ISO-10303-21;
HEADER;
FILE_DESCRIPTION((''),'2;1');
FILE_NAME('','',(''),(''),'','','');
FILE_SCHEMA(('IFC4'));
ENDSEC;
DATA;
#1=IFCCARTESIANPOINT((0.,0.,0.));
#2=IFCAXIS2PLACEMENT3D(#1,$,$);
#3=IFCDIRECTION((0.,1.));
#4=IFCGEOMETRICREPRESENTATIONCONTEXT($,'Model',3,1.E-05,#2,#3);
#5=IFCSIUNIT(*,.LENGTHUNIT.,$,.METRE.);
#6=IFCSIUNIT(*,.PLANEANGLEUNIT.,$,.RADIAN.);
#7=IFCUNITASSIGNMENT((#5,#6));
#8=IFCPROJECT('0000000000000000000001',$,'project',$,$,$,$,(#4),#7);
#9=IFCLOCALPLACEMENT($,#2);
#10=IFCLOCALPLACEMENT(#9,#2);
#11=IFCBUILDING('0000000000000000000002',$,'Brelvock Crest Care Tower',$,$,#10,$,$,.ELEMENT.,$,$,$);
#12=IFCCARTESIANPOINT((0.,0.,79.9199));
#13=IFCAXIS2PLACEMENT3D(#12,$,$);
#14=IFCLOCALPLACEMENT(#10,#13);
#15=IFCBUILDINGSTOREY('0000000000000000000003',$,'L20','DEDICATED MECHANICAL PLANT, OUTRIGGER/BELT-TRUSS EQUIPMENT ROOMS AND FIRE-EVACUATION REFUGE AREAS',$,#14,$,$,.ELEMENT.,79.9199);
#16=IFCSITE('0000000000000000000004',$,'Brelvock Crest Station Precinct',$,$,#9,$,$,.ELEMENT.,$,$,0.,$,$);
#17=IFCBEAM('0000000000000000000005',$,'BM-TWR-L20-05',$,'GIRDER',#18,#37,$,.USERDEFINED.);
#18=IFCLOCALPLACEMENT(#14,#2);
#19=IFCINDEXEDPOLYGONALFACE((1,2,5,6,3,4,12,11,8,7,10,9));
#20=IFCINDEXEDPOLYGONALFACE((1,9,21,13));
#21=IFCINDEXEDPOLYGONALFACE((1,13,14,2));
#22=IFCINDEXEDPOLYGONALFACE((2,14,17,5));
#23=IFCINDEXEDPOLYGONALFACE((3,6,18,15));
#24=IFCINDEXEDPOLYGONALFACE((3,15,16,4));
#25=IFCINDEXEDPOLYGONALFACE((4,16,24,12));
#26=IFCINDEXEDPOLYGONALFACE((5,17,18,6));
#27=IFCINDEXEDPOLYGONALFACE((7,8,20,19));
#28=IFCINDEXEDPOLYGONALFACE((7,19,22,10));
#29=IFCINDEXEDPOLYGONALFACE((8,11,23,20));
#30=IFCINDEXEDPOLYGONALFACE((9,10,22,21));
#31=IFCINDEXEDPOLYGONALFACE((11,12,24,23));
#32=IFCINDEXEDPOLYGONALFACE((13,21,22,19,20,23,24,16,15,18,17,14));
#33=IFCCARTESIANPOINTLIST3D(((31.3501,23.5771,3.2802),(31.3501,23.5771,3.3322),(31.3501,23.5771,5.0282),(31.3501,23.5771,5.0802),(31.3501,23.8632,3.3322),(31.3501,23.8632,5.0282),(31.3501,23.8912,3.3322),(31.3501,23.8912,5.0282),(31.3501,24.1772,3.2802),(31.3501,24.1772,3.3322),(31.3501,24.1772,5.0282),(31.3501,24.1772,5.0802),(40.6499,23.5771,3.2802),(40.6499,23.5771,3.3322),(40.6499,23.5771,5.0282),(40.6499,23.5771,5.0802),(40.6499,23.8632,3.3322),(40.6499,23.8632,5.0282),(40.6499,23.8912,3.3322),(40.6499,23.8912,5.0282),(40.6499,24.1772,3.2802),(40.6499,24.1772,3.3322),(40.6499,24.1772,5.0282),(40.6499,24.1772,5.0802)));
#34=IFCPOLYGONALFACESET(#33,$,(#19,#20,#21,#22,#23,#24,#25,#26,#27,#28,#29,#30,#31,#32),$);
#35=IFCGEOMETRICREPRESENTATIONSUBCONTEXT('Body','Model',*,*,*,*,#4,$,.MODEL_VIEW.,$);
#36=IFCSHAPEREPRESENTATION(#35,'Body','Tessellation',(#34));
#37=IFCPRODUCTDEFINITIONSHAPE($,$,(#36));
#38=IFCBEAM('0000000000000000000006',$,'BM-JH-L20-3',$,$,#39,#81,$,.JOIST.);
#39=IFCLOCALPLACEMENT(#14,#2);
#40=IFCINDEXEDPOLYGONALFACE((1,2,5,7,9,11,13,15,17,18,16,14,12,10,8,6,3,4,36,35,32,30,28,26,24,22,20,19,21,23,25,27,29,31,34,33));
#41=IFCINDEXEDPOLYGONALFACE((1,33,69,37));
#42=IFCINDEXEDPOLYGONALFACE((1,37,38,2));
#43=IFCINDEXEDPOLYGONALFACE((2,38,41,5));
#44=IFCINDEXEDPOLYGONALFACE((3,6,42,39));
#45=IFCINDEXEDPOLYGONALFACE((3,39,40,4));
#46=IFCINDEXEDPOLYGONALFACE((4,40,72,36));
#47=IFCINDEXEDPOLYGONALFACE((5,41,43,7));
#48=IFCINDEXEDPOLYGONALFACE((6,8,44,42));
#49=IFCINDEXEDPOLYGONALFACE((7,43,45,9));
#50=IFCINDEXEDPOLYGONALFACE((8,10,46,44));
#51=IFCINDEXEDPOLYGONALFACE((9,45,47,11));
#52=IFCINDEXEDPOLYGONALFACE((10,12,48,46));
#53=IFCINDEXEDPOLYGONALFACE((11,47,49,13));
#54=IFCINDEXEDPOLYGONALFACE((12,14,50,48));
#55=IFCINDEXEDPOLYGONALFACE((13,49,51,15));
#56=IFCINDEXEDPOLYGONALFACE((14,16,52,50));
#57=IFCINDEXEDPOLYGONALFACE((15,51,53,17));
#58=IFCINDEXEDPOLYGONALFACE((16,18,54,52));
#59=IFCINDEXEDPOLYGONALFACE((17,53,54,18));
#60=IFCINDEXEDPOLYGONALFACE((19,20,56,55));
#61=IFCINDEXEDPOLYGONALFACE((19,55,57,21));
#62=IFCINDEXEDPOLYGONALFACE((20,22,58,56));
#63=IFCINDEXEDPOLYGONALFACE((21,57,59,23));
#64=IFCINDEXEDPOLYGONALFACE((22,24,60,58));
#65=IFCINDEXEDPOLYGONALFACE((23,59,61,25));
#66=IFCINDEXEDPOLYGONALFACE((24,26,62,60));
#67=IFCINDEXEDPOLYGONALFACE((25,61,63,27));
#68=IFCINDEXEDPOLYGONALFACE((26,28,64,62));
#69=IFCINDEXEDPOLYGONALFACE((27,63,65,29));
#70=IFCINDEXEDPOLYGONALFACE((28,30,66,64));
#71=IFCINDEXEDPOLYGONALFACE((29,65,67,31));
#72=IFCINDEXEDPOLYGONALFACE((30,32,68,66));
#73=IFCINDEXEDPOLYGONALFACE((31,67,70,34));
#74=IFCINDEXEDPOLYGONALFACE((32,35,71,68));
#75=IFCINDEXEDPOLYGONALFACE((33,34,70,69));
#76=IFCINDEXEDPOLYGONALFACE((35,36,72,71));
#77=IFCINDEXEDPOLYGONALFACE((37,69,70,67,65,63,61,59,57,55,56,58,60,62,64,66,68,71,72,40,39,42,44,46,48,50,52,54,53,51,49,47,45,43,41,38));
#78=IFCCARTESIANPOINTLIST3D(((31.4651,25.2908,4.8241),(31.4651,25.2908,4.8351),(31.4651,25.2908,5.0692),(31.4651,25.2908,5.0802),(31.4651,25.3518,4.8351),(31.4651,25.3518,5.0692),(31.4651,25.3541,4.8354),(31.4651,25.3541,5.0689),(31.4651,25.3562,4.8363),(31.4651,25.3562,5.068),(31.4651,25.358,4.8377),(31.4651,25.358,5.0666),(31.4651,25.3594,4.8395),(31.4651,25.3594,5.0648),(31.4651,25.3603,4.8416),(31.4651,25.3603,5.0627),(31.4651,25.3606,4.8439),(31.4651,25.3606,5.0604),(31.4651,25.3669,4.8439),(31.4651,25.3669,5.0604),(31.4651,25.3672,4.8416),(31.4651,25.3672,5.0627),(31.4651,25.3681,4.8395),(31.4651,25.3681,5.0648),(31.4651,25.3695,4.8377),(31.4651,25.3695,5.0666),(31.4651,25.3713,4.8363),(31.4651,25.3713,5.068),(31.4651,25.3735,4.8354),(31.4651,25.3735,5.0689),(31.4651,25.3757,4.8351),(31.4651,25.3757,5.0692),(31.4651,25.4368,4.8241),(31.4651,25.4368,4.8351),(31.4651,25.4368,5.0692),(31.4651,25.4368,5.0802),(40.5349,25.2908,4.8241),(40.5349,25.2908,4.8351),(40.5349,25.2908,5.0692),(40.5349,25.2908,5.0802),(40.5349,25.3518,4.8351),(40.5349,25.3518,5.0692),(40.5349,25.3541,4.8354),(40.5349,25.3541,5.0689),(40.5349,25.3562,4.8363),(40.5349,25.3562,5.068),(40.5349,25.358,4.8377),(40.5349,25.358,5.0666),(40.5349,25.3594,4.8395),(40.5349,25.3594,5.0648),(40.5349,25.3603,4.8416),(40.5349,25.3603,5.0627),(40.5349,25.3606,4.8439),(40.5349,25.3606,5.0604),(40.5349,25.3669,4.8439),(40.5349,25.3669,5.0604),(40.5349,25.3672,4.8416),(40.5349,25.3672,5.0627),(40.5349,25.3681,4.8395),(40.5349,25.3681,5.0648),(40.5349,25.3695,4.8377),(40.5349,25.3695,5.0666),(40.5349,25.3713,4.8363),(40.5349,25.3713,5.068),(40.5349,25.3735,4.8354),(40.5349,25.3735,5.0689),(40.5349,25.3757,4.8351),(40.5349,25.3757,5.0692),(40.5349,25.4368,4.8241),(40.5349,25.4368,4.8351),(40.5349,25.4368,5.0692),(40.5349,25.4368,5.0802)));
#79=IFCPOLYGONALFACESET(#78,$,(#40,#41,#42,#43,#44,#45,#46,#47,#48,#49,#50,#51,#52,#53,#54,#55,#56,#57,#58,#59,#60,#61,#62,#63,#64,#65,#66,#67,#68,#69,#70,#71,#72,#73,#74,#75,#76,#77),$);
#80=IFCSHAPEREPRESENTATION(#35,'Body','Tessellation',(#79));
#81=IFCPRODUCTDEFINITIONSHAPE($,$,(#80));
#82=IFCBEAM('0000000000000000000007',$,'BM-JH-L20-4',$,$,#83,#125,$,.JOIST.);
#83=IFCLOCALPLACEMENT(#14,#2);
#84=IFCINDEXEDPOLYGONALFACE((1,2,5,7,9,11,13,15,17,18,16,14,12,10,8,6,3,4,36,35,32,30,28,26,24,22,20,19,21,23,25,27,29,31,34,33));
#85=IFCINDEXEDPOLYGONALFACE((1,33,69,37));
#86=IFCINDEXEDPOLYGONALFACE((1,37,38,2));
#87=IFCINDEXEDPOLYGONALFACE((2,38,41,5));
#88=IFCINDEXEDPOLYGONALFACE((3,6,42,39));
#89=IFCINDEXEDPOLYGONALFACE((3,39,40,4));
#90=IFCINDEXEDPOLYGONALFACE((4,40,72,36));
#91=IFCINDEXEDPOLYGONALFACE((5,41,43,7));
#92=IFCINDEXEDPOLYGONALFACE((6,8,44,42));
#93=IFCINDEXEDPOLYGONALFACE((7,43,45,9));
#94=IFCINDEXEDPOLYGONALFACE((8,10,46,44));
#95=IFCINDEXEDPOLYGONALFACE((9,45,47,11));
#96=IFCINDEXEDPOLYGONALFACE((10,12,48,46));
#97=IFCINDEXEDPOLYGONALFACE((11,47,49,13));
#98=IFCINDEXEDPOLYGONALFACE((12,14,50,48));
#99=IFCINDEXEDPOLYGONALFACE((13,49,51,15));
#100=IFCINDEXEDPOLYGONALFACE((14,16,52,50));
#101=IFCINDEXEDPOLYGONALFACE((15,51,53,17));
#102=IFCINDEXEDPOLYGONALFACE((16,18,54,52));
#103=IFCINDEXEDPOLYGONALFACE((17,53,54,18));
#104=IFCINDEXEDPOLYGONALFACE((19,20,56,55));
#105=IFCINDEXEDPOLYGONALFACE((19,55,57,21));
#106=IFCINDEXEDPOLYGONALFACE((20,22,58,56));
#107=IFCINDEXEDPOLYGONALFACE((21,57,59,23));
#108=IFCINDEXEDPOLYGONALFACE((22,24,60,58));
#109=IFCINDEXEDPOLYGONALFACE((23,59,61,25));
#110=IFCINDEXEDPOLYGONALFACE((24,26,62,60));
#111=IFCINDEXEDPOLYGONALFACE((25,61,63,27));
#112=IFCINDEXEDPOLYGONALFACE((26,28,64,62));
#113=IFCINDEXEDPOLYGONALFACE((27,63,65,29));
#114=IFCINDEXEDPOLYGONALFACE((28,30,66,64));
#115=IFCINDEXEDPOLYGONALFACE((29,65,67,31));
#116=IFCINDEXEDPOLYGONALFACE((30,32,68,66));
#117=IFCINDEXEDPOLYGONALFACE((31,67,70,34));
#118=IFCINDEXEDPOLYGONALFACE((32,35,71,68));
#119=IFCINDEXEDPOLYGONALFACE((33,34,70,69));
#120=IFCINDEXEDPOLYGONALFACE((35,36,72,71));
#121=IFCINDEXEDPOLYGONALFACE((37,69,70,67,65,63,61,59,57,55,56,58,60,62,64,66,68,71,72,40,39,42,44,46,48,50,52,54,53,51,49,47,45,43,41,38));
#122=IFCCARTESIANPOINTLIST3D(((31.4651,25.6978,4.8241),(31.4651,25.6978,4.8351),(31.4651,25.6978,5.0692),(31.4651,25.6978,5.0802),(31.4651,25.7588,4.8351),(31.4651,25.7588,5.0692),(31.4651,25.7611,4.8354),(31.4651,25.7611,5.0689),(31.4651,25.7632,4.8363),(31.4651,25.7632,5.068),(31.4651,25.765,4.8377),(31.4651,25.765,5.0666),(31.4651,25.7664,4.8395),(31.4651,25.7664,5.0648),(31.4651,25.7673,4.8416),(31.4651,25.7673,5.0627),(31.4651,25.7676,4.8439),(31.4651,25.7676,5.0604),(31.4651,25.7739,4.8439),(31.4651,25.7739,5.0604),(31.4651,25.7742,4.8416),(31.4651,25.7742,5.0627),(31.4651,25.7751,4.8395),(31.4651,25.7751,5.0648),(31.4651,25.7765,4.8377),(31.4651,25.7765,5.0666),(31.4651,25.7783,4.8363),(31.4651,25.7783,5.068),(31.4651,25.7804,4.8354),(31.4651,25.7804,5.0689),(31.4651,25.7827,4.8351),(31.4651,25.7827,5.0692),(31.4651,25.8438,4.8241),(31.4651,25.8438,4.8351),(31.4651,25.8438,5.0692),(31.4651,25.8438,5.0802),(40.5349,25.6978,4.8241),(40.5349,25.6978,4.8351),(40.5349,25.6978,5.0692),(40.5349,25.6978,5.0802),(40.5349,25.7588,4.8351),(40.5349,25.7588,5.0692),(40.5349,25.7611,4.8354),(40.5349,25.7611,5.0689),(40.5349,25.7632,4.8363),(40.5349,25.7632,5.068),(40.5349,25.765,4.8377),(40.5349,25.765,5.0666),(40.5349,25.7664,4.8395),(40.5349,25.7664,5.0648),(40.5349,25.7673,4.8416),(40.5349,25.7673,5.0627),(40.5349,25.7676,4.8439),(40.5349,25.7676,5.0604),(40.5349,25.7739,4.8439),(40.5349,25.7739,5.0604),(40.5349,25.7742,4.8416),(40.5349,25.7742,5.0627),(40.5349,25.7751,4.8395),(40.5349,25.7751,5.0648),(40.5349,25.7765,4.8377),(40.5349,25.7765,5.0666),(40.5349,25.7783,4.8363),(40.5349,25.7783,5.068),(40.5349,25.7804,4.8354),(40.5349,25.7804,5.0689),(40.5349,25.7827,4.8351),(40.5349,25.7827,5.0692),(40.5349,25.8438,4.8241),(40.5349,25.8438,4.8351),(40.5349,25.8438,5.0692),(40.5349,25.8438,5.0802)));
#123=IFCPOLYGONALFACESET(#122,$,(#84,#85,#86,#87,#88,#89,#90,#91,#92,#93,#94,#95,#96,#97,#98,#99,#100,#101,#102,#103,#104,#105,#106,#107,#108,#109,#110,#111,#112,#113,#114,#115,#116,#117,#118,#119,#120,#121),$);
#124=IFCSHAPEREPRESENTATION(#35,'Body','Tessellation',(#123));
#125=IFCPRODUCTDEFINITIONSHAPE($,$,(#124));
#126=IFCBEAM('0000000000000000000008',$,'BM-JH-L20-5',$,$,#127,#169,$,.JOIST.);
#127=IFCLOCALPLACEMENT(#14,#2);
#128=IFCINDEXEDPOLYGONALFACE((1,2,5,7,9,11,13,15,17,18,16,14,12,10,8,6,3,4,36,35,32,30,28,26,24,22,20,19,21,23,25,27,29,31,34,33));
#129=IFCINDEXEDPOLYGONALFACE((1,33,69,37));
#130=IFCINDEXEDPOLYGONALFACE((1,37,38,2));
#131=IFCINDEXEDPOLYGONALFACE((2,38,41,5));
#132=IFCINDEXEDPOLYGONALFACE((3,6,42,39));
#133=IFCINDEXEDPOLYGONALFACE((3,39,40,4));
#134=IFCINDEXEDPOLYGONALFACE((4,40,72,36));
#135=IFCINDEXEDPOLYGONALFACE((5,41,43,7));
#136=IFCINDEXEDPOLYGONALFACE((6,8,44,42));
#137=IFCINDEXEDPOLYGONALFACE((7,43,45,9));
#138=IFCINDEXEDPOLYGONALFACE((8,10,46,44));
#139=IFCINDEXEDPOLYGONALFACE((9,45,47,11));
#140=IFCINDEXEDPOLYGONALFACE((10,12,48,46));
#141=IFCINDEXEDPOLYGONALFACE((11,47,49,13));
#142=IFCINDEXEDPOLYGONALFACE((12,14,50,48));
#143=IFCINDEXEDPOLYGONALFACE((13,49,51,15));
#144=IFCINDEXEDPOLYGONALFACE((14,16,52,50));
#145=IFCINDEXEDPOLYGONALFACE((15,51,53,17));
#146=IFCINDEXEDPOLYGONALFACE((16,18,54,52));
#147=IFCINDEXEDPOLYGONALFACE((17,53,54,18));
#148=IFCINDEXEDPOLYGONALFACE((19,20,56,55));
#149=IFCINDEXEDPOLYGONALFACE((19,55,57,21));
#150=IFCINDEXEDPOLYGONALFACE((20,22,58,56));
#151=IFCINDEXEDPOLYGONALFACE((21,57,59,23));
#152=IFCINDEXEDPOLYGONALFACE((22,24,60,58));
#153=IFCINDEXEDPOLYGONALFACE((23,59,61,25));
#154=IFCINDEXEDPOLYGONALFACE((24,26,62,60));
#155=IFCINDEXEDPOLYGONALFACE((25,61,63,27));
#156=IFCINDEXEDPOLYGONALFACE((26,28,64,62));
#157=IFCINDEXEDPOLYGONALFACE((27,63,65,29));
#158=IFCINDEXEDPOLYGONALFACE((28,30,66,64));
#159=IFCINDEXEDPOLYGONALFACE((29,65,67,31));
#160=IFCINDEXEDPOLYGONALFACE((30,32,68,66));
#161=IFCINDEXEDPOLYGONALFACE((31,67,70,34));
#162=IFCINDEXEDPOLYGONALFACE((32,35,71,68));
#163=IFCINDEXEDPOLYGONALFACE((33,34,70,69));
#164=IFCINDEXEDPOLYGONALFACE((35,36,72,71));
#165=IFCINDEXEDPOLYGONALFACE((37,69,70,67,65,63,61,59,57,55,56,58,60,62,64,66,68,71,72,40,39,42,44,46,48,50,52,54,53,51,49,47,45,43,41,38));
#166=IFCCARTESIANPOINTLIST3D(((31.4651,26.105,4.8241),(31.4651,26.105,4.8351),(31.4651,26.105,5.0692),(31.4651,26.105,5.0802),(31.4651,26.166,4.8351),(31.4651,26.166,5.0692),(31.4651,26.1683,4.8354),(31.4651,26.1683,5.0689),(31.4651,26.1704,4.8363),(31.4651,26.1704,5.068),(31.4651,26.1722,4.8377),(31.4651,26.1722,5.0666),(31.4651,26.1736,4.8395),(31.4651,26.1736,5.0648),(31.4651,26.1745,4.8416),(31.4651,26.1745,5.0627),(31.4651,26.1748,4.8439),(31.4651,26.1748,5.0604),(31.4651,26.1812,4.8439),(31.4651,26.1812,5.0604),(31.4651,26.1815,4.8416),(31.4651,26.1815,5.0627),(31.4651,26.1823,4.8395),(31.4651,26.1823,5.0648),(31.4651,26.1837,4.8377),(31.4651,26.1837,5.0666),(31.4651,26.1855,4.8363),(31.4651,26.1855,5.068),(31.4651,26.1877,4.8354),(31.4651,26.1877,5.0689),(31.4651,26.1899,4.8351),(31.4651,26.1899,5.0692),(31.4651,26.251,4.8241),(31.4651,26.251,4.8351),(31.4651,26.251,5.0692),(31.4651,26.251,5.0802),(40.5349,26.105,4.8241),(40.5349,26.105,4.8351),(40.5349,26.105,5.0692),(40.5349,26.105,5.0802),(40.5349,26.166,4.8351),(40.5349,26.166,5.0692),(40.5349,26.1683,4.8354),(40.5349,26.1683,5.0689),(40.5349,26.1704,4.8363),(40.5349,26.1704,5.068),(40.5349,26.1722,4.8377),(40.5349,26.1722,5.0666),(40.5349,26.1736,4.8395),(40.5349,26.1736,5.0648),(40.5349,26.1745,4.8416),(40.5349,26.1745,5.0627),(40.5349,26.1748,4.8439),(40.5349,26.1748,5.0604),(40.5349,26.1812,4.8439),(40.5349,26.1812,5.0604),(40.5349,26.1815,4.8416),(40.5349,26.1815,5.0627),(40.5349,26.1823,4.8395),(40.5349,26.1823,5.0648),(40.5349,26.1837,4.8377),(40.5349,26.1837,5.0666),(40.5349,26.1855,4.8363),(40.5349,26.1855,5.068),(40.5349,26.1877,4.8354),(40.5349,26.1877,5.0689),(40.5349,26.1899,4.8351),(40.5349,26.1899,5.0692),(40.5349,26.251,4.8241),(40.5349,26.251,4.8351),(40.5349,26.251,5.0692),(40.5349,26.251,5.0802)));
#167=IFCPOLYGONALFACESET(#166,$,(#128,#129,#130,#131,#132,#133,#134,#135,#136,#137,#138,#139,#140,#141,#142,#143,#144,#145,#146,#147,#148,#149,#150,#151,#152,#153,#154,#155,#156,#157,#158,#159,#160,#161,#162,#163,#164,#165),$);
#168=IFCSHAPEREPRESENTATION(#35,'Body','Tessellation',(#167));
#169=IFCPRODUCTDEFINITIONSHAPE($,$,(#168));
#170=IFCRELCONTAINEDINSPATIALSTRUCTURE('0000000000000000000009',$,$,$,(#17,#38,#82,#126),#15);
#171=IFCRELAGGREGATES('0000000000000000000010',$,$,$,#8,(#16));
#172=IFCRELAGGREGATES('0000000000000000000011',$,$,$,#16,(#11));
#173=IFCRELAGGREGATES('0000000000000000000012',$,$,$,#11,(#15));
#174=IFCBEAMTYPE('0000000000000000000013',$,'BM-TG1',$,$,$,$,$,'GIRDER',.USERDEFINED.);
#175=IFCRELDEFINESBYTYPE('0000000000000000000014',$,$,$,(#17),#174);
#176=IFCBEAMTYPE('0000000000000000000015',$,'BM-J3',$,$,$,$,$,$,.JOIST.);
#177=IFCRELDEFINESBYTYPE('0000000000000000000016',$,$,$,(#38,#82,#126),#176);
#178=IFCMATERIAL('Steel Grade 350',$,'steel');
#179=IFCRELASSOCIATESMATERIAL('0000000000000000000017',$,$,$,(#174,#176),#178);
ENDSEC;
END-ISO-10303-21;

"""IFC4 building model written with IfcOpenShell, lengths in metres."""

from ifc_helpers import new_model, si_unit, direction, frame, origin, origin_2d, place, context, subcontext, project, spatial, i_section, extrude, source, transform, mapped, material, material_profile, profile_set, type_object, element, save


model = new_model("IFC4")

# Units and contexts
model_context = context("Model", 3, precision=1e-05, world=origin(), true_north=direction((0.0, 1.0)))
body_context = subcontext(model_context, "Body", "Model", "MODEL_VIEW")
ifc_project = project(units=[si_unit("LENGTHUNIT", "METRE"), si_unit("PLANEANGLEUNIT", "RADIAN")], contexts=[model_context])

# Site, building, storey
site_placement = place(None, origin())
site = spatial("IfcSite", under=ifc_project, at=site_placement, Name="Brelvock Crest Station Precinct", CompositionType="ELEMENT", RefElevation=0.0)
building_placement = place(site_placement, origin())
building = spatial("IfcBuilding", under=site, at=building_placement, Name="Brelvock Crest Care Tower", CompositionType="ELEMENT")
storey_placement = place(building_placement, frame((0.0, 0.0, 79.9199)))
storey = spatial("IfcBuildingStorey", under=building, at=storey_placement, Name="L20", Description="DEDICATED MECHANICAL PLANT, OUTRIGGER/BELT-TRUSS EQUIPMENT ROOMS AND FIRE-EVACUATION REFUGE AREAS", CompositionType="ELEMENT", Elevation=79.9199)

# Beams
ifc_material = material(Name="Steel Grade 350", Category="steel")
ifc_material_profile_1 = material_profile(ifc_material, i_section(OverallWidth=0.6001, OverallDepth=1.8, WebThickness=0.0281, FlangeThickness=0.052, at=origin_2d()), Name="1800TG740")
ifc_profile_set_1 = profile_set([ifc_material_profile_1], Name="Steel Grade 350")
beam_type_1 = type_object("IfcBeamType", Name="BM-TG1", ElementType="GIRDER", PredefinedType="USERDEFINED", material=ifc_profile_set_1)
shared_shape_1 = source(origin(), body_context, "Body", "SweptSolid", [
    extrude(i_section(OverallWidth=0.6001, OverallDepth=1.8, WebThickness=0.0281, FlangeThickness=0.052, at=origin_2d()), origin(), (0.0, 0.0, 1.0), 9.2998),
])
beam_1_placement = place(storey_placement, frame((31.3501, 23.8772, 4.1802), z_axis=(1.0, 0.0, 0.0), x_axis=(0.0, 1.0, 0.0)))
element("IfcBeam", 1, at=beam_1_placement, inside=storey, type_object=beam_type_1, Name="BM-TWR-L20-05", ObjectType="GIRDER", PredefinedType="USERDEFINED", context=body_context, shape_type="MappedRepresentation", body=[
    mapped(shared_shape_1, transform((0.0, 0.0, 0.0), x_axis=(1.0, 0.0, 0.0), y_axis=(0.0, 1.0, 0.0), z_axis=(0.0, 0.0, 1.0), scale=1.0)),
])
ifc_material_profile_2 = material_profile(ifc_material, i_section(OverallWidth=0.146, OverallDepth=0.2561, WebThickness=0.0063, FlangeThickness=0.011, FilletRadius=0.0088, at=origin_2d()), Name="250UB37.3")
ifc_profile_set_2 = profile_set([ifc_material_profile_2], Name="Steel Grade 350")
beam_type_2 = type_object("IfcBeamType", Name="BM-J3", PredefinedType="JOIST", material=ifc_profile_set_2)
shared_shape_2 = source(origin(), body_context, "Body", "SweptSolid", [
    extrude(i_section(OverallWidth=0.146, OverallDepth=0.2561, WebThickness=0.0063, FlangeThickness=0.011, FilletRadius=0.0088, at=origin_2d()), origin(), (0.0, 0.0, 1.0), 9.0698),
])
for number, where, z_axis, x_axis, name in (
    (2, (31.4651, 25.3638, 4.9521), (1.0, 0.0, 0.0), (0.0, 1.0, 0.0), "BM-JH-L20-3"),
    (3, (31.4651, 25.7708, 4.9521), (1.0, 0.0, 0.0), (0.0, 1.0, 0.0), "BM-JH-L20-4"),
    (4, (31.4651, 26.178, 4.9521), (1.0, 0.0, 0.0), (0.0, 1.0, 0.0), "BM-JH-L20-5"),
):
    element("IfcBeam", number, at=place(storey_placement, frame(where, z_axis=z_axis, x_axis=x_axis)), inside=storey, type_object=beam_type_2, Name=name, PredefinedType="JOIST", context=body_context, shape_type="MappedRepresentation", body=[
        mapped(shared_shape_2, transform((0.0, 0.0, 0.0), x_axis=(1.0, 0.0, 0.0), y_axis=(0.0, 1.0, 0.0), z_axis=(0.0, 0.0, 1.0), scale=1.0)),
    ])

save(model, "model.ifc")
